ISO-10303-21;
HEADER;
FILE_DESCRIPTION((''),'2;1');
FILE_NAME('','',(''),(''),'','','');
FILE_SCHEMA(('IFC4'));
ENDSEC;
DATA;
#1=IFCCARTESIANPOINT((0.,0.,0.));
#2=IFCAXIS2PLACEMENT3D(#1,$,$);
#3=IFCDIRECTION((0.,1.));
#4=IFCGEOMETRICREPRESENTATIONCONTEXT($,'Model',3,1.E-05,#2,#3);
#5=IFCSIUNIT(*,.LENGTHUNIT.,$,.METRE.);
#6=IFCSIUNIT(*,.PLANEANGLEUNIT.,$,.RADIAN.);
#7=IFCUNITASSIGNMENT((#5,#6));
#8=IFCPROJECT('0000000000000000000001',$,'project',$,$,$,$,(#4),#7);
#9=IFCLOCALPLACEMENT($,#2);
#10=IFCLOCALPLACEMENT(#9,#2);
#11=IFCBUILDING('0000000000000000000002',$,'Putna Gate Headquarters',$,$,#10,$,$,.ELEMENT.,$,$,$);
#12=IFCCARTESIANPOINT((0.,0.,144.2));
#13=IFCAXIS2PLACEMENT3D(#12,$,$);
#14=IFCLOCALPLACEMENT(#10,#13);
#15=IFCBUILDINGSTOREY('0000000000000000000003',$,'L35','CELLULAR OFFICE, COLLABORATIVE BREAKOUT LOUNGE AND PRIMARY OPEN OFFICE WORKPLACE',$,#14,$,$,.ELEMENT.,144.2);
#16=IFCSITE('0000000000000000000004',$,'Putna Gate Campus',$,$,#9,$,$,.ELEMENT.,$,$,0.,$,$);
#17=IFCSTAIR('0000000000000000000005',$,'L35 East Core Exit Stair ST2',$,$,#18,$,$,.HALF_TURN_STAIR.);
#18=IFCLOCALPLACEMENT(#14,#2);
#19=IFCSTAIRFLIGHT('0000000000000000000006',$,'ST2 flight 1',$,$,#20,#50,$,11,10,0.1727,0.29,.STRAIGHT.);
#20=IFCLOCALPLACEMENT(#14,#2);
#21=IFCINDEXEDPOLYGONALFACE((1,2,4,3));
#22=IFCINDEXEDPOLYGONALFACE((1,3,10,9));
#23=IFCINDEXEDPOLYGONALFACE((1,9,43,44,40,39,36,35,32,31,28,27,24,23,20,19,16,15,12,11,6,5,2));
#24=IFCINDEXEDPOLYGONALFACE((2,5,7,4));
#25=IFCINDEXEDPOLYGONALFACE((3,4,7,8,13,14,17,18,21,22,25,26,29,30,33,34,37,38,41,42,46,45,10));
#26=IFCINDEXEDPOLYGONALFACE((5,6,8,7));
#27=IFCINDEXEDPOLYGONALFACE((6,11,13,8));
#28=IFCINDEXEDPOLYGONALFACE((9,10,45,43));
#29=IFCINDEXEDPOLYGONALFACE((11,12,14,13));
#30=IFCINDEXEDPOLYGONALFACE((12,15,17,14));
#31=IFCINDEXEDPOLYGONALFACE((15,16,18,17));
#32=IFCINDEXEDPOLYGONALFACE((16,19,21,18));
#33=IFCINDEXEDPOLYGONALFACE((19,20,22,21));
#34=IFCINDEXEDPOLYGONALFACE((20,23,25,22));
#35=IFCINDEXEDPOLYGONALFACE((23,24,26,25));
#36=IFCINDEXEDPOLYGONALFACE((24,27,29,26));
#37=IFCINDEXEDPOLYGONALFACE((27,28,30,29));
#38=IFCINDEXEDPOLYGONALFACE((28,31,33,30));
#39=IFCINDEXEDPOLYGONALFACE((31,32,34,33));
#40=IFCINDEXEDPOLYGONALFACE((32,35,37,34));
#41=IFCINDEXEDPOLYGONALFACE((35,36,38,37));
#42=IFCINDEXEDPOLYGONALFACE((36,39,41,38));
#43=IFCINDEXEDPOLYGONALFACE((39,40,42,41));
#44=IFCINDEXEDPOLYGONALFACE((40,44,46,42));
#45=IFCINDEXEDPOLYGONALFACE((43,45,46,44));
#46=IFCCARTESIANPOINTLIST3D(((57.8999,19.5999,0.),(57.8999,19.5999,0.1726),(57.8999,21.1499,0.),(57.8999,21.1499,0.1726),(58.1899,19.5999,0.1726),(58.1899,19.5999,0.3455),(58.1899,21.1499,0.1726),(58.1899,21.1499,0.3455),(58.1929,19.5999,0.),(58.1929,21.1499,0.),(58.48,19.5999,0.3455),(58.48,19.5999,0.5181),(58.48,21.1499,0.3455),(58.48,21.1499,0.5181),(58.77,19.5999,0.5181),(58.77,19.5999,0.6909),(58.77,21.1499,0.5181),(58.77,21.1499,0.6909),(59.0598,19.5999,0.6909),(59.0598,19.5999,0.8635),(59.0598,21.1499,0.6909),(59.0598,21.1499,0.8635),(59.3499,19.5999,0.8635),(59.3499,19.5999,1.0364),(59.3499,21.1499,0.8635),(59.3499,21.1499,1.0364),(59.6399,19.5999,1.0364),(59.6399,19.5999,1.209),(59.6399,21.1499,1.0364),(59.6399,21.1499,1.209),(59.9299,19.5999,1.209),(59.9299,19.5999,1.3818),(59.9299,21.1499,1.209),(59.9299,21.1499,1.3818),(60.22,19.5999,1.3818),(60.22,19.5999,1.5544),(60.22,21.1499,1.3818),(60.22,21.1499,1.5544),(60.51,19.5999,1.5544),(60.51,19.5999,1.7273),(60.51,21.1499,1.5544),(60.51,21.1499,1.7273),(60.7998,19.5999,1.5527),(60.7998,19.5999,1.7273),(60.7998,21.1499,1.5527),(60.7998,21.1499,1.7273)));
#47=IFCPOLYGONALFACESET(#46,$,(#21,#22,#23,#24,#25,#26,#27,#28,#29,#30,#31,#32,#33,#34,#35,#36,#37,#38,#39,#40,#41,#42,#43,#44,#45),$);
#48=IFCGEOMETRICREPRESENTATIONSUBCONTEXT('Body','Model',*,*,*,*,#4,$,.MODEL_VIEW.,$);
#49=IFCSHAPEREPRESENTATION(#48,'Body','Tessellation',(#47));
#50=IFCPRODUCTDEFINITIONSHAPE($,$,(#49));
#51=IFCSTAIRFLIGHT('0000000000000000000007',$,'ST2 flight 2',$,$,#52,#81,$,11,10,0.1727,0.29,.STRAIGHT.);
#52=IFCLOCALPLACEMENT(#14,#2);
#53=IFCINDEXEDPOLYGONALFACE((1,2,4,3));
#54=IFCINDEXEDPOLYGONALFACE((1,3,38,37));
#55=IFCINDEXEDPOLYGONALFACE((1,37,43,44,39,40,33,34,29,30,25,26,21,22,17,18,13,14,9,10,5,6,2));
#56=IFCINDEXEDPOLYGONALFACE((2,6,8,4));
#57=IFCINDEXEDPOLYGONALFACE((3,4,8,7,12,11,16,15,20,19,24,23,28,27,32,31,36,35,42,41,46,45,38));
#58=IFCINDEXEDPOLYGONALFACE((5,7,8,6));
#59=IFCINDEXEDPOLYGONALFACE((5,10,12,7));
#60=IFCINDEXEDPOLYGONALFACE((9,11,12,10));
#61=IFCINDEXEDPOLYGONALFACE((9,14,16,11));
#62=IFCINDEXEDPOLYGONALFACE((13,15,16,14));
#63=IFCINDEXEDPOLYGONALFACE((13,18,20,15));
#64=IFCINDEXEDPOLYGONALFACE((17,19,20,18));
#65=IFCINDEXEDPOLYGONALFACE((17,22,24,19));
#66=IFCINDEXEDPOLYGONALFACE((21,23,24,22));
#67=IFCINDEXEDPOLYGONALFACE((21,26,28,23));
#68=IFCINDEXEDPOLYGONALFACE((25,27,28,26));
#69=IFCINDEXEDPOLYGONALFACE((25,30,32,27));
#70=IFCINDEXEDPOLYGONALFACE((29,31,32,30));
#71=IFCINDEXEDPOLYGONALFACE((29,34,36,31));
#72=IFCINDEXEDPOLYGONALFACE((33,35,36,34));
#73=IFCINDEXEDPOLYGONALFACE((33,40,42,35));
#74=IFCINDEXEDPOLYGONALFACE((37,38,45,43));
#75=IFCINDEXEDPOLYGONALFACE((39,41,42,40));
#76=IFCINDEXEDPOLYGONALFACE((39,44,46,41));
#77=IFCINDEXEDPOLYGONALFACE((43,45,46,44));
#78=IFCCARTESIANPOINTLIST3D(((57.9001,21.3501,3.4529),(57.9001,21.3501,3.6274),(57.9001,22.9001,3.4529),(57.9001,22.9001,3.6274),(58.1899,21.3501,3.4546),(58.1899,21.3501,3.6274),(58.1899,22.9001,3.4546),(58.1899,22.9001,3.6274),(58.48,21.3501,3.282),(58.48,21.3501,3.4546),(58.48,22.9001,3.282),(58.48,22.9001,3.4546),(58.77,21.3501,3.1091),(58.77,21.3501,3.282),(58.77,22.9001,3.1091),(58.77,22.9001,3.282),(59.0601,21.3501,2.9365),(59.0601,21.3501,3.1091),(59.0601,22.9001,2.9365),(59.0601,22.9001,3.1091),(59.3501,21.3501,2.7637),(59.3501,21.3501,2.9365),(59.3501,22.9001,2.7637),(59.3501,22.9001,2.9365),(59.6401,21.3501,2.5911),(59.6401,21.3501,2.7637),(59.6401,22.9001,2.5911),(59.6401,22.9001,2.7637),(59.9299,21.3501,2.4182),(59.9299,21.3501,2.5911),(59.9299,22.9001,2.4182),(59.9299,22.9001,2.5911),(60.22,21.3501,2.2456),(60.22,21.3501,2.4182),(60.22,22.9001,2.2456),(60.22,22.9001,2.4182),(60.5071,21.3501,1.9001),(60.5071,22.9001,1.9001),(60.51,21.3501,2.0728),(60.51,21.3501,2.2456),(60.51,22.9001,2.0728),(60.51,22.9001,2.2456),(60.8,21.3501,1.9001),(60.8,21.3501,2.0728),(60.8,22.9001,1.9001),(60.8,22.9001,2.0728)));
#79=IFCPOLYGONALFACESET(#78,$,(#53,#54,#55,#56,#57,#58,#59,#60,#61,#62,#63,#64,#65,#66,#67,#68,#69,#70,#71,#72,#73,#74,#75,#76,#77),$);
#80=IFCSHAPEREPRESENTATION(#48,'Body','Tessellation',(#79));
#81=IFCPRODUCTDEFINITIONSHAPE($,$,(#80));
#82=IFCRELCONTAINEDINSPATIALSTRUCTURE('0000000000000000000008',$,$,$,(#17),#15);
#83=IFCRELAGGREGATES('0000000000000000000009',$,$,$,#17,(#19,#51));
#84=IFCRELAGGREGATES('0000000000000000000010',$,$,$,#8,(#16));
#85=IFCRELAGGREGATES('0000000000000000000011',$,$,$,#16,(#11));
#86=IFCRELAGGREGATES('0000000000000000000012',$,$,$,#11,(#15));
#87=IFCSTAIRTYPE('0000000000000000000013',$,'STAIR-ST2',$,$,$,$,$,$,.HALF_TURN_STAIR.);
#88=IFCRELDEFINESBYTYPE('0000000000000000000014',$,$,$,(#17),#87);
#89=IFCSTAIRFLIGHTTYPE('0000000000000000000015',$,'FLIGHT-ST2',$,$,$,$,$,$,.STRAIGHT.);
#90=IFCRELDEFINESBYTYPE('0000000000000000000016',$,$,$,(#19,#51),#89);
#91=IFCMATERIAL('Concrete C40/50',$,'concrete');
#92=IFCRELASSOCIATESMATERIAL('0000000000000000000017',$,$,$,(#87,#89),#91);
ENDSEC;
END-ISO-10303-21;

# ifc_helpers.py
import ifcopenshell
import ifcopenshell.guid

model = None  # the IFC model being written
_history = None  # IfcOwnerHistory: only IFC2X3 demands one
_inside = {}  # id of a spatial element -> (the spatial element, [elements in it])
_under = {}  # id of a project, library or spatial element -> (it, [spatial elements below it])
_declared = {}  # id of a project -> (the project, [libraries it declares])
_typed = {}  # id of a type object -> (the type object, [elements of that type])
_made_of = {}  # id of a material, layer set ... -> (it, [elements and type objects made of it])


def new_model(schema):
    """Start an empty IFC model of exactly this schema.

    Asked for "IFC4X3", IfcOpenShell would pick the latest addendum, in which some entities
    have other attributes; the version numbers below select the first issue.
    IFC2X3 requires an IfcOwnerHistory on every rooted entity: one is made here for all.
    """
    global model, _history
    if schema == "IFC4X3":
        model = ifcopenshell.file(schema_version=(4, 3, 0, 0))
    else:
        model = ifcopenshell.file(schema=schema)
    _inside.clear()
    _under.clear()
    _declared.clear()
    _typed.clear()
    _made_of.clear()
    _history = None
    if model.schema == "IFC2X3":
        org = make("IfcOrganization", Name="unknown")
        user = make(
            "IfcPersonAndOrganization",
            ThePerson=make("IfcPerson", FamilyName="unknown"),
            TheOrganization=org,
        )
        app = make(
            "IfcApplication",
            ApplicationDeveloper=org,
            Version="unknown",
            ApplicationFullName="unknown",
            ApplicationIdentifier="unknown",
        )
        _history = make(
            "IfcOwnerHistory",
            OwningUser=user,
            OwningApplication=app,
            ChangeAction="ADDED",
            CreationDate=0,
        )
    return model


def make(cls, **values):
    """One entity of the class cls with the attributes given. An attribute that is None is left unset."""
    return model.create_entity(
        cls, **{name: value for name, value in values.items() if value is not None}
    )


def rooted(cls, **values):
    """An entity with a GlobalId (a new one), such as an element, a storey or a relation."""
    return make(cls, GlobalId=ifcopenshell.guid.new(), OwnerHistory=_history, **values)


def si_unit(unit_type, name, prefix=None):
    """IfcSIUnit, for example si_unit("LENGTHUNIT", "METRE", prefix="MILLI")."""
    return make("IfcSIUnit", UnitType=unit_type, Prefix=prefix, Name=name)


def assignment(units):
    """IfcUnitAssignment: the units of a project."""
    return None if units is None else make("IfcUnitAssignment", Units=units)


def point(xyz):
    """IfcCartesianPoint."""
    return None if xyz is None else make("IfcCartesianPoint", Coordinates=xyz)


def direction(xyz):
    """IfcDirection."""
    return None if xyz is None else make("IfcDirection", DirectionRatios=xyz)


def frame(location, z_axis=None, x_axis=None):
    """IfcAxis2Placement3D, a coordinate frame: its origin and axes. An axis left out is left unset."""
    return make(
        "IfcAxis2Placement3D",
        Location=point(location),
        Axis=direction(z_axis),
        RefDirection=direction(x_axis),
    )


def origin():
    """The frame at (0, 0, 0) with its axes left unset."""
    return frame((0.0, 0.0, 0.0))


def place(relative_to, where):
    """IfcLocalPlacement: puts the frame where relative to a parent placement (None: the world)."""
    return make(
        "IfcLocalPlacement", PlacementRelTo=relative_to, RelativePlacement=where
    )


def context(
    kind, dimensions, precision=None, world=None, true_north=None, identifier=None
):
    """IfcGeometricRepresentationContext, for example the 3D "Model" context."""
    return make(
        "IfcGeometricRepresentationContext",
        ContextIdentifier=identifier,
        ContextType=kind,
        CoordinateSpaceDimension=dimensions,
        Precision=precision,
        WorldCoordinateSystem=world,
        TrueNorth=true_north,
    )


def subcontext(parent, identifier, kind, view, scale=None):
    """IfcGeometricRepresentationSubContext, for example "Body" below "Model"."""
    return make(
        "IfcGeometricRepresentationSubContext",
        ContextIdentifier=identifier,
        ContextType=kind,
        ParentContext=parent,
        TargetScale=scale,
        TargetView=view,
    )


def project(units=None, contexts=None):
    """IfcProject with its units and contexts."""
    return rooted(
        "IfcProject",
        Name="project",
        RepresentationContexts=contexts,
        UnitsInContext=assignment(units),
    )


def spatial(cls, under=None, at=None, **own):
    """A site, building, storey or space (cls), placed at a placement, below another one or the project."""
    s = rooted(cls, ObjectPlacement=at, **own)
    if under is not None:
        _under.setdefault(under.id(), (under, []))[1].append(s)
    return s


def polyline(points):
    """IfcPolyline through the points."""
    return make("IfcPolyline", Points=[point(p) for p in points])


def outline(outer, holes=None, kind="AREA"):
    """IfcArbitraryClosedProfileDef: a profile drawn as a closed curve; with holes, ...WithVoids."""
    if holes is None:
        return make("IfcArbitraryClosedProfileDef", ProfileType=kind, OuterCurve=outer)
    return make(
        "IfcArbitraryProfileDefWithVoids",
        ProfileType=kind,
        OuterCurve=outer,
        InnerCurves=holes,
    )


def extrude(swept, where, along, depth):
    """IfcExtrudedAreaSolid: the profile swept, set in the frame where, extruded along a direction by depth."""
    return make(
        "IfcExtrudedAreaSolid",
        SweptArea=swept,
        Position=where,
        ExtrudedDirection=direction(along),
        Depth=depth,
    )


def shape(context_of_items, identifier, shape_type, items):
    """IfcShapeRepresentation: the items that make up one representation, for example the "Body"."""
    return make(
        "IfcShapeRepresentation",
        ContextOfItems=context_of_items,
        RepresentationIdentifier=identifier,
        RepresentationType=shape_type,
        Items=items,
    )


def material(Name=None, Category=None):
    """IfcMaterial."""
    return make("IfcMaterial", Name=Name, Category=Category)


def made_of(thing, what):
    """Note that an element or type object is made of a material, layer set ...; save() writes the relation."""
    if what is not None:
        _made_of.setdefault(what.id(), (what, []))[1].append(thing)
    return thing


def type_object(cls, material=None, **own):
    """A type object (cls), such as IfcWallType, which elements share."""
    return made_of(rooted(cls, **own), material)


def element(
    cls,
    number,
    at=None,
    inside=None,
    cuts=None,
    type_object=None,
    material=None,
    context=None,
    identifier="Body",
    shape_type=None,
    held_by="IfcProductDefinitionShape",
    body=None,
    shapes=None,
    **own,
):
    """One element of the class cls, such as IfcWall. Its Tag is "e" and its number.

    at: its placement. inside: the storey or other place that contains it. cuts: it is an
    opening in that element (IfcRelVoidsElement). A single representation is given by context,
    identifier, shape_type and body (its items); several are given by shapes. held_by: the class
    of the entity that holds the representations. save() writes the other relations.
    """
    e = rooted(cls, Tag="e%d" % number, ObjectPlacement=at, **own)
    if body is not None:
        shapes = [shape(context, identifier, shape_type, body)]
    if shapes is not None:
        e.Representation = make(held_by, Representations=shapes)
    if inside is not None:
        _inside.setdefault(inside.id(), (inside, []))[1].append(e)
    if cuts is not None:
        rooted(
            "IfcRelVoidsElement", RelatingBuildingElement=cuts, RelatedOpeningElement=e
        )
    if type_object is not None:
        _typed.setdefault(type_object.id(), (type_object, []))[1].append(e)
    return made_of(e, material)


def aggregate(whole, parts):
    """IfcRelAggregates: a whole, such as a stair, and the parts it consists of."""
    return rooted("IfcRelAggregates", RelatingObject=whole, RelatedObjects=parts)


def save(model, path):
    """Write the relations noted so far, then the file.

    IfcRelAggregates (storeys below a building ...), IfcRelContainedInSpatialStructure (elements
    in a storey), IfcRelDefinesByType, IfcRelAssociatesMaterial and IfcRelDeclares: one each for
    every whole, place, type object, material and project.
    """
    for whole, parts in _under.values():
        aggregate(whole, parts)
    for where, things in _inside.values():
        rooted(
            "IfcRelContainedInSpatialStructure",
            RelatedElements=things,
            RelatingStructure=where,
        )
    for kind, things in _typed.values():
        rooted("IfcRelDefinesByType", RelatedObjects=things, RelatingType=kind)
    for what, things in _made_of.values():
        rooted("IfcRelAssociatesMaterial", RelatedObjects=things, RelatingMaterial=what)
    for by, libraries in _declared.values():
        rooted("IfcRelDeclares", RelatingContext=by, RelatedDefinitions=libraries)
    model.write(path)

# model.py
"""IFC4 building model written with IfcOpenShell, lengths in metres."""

from ifc_helpers import new_model, si_unit, direction, frame, origin, place, context, subcontext, project, spatial, polyline, outline, extrude, material, type_object, element, aggregate, save


model = new_model("IFC4")

# Units and contexts
model_context = context("Model", 3, precision=1e-05, world=origin(), true_north=direction((0.0, 1.0)))
body_context = subcontext(model_context, "Body", "Model", "MODEL_VIEW")
ifc_project = project(units=[si_unit("LENGTHUNIT", "METRE"), si_unit("PLANEANGLEUNIT", "RADIAN")], contexts=[model_context])

# Site, building, storey
site_placement = place(None, origin())
site = spatial("IfcSite", under=ifc_project, at=site_placement, Name="Putna Gate Campus", CompositionType="ELEMENT", RefElevation=0.0)
building_placement = place(site_placement, origin())
building = spatial("IfcBuilding", under=site, at=building_placement, Name="Putna Gate Headquarters", CompositionType="ELEMENT")
storey_placement = place(building_placement, frame((0.0, 0.0, 144.2)))
storey = spatial("IfcBuildingStorey", under=building, at=storey_placement, Name="L35", Description="CELLULAR OFFICE, COLLABORATIVE BREAKOUT LOUNGE AND PRIMARY OPEN OFFICE WORKPLACE", CompositionType="ELEMENT", Elevation=144.2)

# Shared definitions
ifc_material_1 = material(Name="Concrete C40/50", Category="concrete")

# Stair, stair flights
stair_type = type_object("IfcStairType", Name="STAIR-ST2", PredefinedType="HALF_TURN_STAIR", material=ifc_material_1)
stair_placement = place(storey_placement, origin())
stair = element("IfcStair", 1, at=stair_placement, inside=storey, type_object=stair_type, Name="L35 East Core Exit Stair ST2", PredefinedType="HALF_TURN_STAIR")
stair_flight_type = type_object("IfcStairFlightType", Name="FLIGHT-ST2", PredefinedType="STRAIGHT", material=ifc_material_1)
stair_flight_1_placement = place(storey_placement, frame((57.8999, 20.375, 0.0), z_axis=(0.0, 0.0, 1.0), x_axis=(1.0, 0.0, 0.0)))
stair_flight_1 = element("IfcStairFlight", 2, at=stair_flight_1_placement, type_object=stair_flight_type, Name="ST2 flight 1", NumberOfRisers=11, NumberOfTreads=10, PredefinedType="STRAIGHT", RiserHeight=0.1727, TreadLength=0.29, context=body_context, shape_type="SweptSolid", body=[
    extrude(outline(polyline([(0.0, 0.0), (0.0, 0.1726), (0.29, 0.1726), (0.29, 0.3455), (0.5801, 0.3455), (0.5801, 0.5181), (0.8701, 0.5181), (0.8701, 0.6909), (1.1599, 0.6909), (1.1599, 0.8635), (1.45, 0.8635), (1.45, 1.0364), (1.74, 1.0364), (1.74, 1.209), (2.03, 1.209), (2.03, 1.3818), (2.3201, 1.3818), (2.3201, 1.5544), (2.6101, 1.5544), (2.6101, 1.7273), (2.8999, 1.7273), (2.8999, 1.8999), (2.8999, 1.5527), (0.293, 0.0), (0.0, 0.0)])), frame((0.0, 0.7749, 0.0), z_axis=(0.0, -1.0, 0.0), x_axis=(1.0, 0.0, 0.0)), (0.0, 0.0, 1.0), 1.55),
])
stair_flight_2_placement = place(storey_placement, frame((60.8, 22.125, 1.9001), z_axis=(0.0, 0.0, 1.0), x_axis=(-1.0, 0.0, 0.0)))
stair_flight_2 = element("IfcStairFlight", 3, at=stair_flight_2_placement, type_object=stair_flight_type, Name="ST2 flight 2", NumberOfRisers=11, NumberOfTreads=10, PredefinedType="STRAIGHT", RiserHeight=0.1727, TreadLength=0.29, context=body_context, shape_type="SweptSolid", body=[
    extrude(outline(polyline([(0.0, 0.0), (0.0, 0.1726), (0.29, 0.1726), (0.29, 0.3455), (0.5801, 0.3455), (0.5801, 0.5181), (0.8701, 0.5181), (0.8701, 0.6909), (1.1599, 0.6909), (1.1599, 0.8635), (1.45, 0.8635), (1.45, 1.0364), (1.74, 1.0364), (1.74, 1.209), (2.03, 1.209), (2.03, 1.3818), (2.3201, 1.3818), (2.3201, 1.5544), (2.6101, 1.5544), (2.6101, 1.7273), (2.8999, 1.7273), (2.8999, 1.8999), (2.8999, 1.5527), (0.293, 0.0), (0.0, 0.0)])), frame((0.0, 0.7749, 0.0), z_axis=(0.0, -1.0, 0.0), x_axis=(1.0, 0.0, 0.0)), (0.0, 0.0, 1.0), 1.55),
])
aggregate(stair, [stair_flight_1, stair_flight_2])

save(model, "model.ifc")
